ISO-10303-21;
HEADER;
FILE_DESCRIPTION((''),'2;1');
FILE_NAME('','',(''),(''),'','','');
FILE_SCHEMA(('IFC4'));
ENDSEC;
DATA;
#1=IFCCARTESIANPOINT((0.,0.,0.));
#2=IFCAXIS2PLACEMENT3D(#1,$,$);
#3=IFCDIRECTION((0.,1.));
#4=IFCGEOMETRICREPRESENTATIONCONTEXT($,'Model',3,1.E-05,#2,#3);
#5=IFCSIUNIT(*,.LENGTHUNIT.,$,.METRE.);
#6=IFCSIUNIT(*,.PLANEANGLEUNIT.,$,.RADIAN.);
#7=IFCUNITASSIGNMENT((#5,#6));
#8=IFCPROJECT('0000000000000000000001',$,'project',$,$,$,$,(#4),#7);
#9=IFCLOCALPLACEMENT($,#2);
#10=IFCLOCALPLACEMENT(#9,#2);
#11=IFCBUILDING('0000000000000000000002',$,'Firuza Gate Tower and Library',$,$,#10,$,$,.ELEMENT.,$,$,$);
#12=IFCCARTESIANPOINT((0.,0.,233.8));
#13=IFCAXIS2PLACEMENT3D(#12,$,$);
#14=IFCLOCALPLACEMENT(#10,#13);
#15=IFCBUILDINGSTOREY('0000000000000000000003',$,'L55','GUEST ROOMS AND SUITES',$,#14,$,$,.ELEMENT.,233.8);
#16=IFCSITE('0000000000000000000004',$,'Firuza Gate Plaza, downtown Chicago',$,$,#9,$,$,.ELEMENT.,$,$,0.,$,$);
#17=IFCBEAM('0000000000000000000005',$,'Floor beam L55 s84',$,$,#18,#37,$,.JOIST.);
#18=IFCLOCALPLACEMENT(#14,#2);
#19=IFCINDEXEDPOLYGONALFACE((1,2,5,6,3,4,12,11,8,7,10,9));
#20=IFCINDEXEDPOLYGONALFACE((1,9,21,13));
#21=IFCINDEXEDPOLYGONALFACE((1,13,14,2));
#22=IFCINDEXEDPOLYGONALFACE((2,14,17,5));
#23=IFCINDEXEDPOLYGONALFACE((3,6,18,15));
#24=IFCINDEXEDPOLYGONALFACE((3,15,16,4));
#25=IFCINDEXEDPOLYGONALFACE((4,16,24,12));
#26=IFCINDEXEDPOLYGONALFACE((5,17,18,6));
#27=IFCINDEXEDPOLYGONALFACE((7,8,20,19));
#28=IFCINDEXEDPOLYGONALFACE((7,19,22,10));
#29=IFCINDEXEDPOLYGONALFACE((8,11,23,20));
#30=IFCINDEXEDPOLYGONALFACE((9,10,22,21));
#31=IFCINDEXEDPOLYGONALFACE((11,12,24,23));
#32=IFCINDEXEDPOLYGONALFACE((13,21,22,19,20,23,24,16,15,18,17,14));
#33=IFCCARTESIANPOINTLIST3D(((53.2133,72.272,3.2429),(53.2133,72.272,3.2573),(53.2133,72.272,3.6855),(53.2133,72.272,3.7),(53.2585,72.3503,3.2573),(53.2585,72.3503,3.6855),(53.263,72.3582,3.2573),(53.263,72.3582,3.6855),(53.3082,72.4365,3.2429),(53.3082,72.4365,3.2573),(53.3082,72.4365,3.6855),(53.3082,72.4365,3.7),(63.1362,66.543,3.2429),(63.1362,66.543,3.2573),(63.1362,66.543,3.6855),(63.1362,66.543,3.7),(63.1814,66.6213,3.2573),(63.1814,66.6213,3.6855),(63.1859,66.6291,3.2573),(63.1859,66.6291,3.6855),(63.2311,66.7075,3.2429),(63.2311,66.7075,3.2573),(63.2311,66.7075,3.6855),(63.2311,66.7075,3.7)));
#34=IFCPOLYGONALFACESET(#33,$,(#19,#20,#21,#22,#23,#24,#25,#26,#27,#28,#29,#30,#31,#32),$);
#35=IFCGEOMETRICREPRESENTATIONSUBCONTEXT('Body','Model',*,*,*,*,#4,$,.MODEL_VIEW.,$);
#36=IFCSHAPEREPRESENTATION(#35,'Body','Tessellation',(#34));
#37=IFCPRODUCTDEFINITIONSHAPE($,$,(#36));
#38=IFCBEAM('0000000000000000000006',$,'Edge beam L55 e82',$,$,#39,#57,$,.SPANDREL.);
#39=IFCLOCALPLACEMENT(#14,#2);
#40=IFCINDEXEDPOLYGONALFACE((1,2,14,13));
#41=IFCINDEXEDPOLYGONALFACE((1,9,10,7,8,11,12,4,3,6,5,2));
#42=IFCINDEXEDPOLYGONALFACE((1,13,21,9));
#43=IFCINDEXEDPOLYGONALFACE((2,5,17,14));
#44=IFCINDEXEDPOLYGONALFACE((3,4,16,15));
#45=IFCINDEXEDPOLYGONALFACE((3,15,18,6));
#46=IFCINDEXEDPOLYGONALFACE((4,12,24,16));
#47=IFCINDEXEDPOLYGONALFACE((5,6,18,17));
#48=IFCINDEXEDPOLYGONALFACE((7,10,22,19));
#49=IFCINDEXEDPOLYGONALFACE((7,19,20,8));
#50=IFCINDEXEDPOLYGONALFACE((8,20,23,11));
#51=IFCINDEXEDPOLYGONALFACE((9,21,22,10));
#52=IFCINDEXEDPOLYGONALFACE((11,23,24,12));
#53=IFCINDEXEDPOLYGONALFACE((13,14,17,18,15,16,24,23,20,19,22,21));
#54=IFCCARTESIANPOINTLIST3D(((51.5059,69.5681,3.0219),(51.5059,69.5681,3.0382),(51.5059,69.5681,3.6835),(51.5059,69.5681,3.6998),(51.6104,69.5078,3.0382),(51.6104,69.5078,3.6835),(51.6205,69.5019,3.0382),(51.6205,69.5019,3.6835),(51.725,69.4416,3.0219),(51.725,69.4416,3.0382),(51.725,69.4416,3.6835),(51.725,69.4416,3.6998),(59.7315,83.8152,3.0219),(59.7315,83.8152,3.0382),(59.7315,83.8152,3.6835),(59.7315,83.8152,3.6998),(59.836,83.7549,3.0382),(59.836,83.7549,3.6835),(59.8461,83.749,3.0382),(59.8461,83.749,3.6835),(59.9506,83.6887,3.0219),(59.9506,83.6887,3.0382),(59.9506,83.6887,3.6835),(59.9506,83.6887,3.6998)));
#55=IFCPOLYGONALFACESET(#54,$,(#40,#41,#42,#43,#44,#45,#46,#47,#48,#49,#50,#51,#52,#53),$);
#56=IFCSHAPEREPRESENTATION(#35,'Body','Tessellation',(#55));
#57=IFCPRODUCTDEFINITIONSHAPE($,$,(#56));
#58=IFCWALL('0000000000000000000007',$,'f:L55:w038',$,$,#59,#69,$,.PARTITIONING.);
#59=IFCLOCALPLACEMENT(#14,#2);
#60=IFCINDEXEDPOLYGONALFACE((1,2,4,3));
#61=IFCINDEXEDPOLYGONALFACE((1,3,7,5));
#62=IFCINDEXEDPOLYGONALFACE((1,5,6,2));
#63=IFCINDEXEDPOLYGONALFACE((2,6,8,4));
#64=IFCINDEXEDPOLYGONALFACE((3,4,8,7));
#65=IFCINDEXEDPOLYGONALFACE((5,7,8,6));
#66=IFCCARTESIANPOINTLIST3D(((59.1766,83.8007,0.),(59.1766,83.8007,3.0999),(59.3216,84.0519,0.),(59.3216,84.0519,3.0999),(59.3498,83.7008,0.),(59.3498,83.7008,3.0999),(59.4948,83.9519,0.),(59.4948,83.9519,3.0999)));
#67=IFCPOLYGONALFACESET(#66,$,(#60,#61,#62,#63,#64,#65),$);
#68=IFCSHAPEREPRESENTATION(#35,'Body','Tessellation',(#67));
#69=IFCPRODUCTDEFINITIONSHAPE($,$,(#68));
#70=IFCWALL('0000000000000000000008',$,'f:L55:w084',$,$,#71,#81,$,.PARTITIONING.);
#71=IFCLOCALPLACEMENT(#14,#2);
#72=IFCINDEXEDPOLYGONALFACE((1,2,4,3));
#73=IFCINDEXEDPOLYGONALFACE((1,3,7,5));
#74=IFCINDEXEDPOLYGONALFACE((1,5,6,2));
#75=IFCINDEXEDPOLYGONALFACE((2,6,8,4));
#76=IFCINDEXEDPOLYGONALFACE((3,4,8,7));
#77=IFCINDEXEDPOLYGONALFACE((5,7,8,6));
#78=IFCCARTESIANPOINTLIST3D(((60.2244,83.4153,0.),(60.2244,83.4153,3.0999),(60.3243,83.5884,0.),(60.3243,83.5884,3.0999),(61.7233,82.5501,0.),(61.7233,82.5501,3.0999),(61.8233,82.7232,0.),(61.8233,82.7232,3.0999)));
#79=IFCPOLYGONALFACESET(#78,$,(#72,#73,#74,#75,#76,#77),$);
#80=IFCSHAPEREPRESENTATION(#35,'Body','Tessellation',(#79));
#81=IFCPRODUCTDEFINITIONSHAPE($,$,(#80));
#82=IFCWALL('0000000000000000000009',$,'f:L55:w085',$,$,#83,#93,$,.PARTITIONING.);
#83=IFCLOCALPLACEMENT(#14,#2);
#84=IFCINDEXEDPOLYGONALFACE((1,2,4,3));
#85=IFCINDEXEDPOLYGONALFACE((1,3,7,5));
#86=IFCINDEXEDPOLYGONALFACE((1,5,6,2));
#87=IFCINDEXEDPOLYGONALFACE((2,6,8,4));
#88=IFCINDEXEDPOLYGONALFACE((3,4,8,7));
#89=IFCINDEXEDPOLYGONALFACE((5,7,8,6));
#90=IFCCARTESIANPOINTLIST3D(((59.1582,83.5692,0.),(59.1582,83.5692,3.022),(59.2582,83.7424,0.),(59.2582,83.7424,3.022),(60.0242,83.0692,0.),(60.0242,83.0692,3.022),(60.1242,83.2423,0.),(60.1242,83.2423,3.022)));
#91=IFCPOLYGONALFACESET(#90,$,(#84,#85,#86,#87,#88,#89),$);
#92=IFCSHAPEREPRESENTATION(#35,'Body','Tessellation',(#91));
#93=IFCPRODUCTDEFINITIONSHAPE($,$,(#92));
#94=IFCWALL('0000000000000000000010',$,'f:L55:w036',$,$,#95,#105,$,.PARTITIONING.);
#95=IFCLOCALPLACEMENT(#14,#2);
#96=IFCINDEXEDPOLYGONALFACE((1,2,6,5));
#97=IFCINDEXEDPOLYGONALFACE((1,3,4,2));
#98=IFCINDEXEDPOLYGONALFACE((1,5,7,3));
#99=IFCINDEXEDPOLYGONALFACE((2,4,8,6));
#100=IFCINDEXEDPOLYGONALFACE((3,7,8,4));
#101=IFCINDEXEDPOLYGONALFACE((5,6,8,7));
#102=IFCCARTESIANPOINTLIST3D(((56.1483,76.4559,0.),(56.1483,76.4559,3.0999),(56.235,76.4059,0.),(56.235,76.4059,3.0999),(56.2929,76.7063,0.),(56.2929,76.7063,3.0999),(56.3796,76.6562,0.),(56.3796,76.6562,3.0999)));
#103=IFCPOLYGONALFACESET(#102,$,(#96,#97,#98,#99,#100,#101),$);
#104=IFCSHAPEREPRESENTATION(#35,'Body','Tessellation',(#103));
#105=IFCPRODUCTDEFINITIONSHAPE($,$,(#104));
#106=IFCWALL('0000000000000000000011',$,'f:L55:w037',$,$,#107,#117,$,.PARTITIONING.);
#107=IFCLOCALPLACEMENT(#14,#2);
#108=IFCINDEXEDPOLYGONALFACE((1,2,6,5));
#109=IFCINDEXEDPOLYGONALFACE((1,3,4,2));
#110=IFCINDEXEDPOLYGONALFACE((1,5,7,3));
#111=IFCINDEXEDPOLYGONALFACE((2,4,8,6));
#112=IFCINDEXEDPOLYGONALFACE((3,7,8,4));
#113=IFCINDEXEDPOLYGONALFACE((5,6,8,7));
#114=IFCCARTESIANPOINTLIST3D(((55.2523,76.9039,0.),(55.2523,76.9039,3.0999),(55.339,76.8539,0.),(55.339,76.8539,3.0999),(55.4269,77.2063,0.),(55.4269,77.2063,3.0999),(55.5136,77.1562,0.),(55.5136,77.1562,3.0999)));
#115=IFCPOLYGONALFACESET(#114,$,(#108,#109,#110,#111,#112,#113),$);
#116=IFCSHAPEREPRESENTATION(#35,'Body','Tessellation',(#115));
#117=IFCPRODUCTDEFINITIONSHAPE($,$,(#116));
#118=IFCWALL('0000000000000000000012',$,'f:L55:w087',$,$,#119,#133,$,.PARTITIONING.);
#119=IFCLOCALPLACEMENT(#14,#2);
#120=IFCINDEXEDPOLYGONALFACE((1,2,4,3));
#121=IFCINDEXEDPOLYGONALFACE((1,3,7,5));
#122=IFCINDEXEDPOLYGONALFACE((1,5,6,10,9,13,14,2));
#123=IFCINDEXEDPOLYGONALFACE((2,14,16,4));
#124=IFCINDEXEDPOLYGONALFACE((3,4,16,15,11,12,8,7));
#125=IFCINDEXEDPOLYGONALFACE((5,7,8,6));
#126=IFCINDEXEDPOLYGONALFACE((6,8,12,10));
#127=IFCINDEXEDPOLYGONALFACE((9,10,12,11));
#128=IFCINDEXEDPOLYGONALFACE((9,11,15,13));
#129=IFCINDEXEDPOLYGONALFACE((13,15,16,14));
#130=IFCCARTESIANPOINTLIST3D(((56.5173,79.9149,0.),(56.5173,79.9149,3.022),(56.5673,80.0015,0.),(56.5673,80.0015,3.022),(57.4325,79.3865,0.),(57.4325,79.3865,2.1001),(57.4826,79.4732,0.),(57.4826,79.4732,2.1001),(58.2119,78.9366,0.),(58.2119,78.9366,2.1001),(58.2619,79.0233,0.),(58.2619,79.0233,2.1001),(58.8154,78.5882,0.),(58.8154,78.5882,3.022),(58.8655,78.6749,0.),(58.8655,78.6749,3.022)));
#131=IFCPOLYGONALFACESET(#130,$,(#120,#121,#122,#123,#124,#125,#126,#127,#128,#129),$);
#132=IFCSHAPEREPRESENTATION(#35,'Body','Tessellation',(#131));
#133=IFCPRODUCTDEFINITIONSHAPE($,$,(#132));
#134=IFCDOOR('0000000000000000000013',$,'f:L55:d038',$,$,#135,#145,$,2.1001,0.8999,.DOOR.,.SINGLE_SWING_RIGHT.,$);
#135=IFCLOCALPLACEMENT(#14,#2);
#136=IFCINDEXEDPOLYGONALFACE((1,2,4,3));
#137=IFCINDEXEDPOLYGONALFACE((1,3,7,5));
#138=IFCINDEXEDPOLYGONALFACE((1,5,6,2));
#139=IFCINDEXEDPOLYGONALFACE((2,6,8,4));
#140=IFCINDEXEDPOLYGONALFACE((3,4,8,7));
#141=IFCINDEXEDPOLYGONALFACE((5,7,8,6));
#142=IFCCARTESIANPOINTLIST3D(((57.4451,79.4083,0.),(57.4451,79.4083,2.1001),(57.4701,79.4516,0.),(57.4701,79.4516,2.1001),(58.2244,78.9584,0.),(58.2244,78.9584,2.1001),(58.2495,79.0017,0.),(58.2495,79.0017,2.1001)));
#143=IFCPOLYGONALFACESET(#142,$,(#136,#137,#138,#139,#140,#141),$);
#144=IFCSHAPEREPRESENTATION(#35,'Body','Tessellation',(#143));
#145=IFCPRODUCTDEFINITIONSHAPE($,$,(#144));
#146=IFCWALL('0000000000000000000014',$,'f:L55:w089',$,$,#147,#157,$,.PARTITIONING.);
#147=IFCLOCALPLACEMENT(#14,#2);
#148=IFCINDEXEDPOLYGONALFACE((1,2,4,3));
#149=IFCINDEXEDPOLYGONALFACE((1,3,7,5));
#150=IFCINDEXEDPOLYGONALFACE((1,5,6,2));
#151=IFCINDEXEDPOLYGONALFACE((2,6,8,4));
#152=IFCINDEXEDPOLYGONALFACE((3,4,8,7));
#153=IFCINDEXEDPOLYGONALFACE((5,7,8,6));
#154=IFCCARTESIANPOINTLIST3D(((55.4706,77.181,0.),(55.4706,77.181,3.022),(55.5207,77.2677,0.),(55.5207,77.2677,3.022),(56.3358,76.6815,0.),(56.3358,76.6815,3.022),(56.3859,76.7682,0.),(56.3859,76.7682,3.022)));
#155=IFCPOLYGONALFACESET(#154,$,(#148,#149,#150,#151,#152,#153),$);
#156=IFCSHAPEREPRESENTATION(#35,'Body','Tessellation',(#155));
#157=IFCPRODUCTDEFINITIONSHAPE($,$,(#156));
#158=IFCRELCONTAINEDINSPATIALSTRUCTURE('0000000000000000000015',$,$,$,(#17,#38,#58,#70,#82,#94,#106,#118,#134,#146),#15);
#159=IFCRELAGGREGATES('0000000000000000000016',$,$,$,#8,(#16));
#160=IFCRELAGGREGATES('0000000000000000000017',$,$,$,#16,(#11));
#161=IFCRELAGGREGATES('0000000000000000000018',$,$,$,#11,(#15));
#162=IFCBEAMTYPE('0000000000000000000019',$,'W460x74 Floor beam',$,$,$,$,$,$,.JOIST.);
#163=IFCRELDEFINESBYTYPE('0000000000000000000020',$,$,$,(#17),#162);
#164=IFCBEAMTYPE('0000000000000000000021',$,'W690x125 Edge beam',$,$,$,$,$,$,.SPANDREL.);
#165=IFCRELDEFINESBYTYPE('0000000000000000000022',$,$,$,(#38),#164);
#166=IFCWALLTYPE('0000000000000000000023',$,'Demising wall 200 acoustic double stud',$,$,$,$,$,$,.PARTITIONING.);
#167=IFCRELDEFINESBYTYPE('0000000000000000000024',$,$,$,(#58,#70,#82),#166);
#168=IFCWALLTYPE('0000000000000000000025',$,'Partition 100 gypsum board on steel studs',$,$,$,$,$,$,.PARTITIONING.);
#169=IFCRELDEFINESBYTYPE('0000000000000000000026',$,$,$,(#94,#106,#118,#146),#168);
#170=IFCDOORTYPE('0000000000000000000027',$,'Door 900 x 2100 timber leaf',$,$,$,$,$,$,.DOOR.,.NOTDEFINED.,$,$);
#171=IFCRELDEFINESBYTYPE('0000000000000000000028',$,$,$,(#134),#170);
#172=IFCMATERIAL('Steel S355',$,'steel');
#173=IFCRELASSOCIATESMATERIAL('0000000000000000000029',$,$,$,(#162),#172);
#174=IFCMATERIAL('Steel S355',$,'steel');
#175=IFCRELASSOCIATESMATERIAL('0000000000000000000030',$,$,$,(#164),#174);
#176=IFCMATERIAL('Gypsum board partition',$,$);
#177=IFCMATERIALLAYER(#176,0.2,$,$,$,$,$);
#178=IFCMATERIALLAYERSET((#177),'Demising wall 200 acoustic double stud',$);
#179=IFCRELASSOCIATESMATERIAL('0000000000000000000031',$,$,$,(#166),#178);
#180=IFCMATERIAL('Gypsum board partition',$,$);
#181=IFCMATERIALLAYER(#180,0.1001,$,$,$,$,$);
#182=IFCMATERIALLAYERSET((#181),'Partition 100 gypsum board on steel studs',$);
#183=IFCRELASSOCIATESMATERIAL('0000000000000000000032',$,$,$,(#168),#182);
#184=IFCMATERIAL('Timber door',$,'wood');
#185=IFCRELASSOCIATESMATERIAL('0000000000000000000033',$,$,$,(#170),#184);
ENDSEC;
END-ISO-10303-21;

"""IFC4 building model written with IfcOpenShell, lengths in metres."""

from ifc_helpers import new_model, si_unit, direction, frame, frame_2d, origin, origin_2d, place, context, subcontext, project, spatial, rectangle, i_section, extrude, material, layer, layer_set, material_profile, profile_set, type_object, element, fill, save


model = new_model("IFC4")

# Units and contexts
model_context = context("Model", 3, precision=1e-05, world=origin(), true_north=direction((0.0, 1.0)))
body_context = subcontext(model_context, "Body", "Model", "MODEL_VIEW")
ifc_project = project(units=[si_unit("LENGTHUNIT", "METRE"), si_unit("PLANEANGLEUNIT", "RADIAN")], contexts=[model_context])

# Site, building, storey
site_placement = place(None, origin())
site = spatial("IfcSite", under=ifc_project, at=site_placement, Name="Firuza Gate Plaza, downtown Chicago", CompositionType="ELEMENT", RefElevation=0.0)
building_placement = place(site_placement, origin())
building = spatial("IfcBuilding", under=site, at=building_placement, Name="Firuza Gate Tower and Library", CompositionType="ELEMENT")
storey_placement = place(building_placement, frame((0.0, 0.0, 233.8)))
storey = spatial("IfcBuildingStorey", under=building, at=storey_placement, Name="L55", Description="GUEST ROOMS AND SUITES", CompositionType="ELEMENT", Elevation=233.8)

# Beams
ifc_material_1 = material(Name="Steel S355", Category="steel")
ifc_material_profile_1 = material_profile(ifc_material_1, i_section(OverallWidth=0.1899, OverallDepth=0.457, WebThickness=0.009, FlangeThickness=0.0144, at=origin_2d()))
ifc_profile_set_1 = profile_set([ifc_material_profile_1], Name="Steel S355")
beam_type_1 = type_object("IfcBeamType", Name="W460x74 Floor beam", PredefinedType="JOIST", material=ifc_profile_set_1)
beam_1_placement = place(storey_placement, frame((53.2607, 72.3542, 3.4714), z_axis=(0.866024, -0.500003, 0.0), x_axis=(0.500003, 0.866024, 0.0)))
element("IfcBeam", 1, at=beam_1_placement, inside=storey, type_object=beam_type_1, Name="Floor beam L55 s84", PredefinedType="JOIST", context=body_context, shape_type="SweptSolid", body=[
    extrude(i_section(OverallWidth=0.1899, OverallDepth=0.457, WebThickness=0.009, FlangeThickness=0.0144, at=origin_2d()), origin(), (0.0, 0.0, 1.0), 11.458),
])
ifc_material_2 = material(Name="Steel S355", Category="steel")
ifc_material_profile_2 = material_profile(ifc_material_2, i_section(OverallWidth=0.2529, OverallDepth=0.678, WebThickness=0.0117, FlangeThickness=0.0164, at=origin_2d()))
ifc_profile_set_2 = profile_set([ifc_material_profile_2], Name="Steel S355")
beam_type_2 = type_object("IfcBeamType", Name="W690x125 Edge beam", PredefinedType="SPANDREL", material=ifc_profile_set_2)
beam_2_placement = place(storey_placement, frame((59.8411, 83.752, 3.3608), z_axis=(-0.500002, -0.866024, 0.0), x_axis=(0.866024, -0.500002, 0.0)))
element("IfcBeam", 2, at=beam_2_placement, inside=storey, type_object=beam_type_2, Name="Edge beam L55 e82", PredefinedType="SPANDREL", context=body_context, shape_type="SweptSolid", body=[
    extrude(i_section(OverallWidth=0.2529, OverallDepth=0.678, WebThickness=0.0117, FlangeThickness=0.0164, at=origin_2d()), origin(), (0.0, 0.0, 1.0), 16.4512),
])

# Walls
ifc_material_3 = material(Name="Gypsum board partition")
ifc_layer_1 = layer(ifc_material_3, 0.2)
ifc_layer_set_1 = layer_set([ifc_layer_1], Name="Demising wall 200 acoustic double stud")
wall_type_1 = type_object("IfcWallType", Name="Demising wall 200 acoustic double stud", PredefinedType="PARTITIONING", material=ifc_layer_set_1)
wall_1_placement = place(storey_placement, frame((59.2632, 83.7507, 0.0), z_axis=(0.0, 0.0, 1.0), x_axis=(0.499941, 0.866059, 0.0)))
element("IfcWall", 3, at=wall_1_placement, inside=storey, type_object=wall_type_1, Name="f:L55:w038", PredefinedType="PARTITIONING", context=body_context, shape_type="SweptSolid", body=[
    extrude(rectangle(XDim=0.29, YDim=0.2, at=frame_2d((0.145, 0.0))), origin(), (0.0, 0.0, 1.0), 3.0999),
])
wall_2_placement = place(storey_placement, frame((61.7732, 82.6367, 0.0), z_axis=(0.0, 0.0, 1.0), x_axis=(-0.866082, 0.499902, 0.0)))
element("IfcWall", 4, at=wall_2_placement, inside=storey, type_object=wall_type_1, Name="f:L55:w084", PredefinedType="PARTITIONING", context=body_context, shape_type="SweptSolid", body=[
    extrude(rectangle(XDim=1.7307, YDim=0.2, at=frame_2d((0.8652, 0.0))), origin(), (0.0, 0.0, 1.0), 3.0999),
])
wall_3_placement = place(storey_placement, frame((60.0742, 83.1558, 0.0), z_axis=(0.0, 0.0, 1.0), x_axis=(-0.866011, 0.500025, 0.0)))
element("IfcWall", 5, at=wall_3_placement, inside=storey, type_object=wall_type_1, Name="f:L55:w085", PredefinedType="PARTITIONING", context=body_context, shape_type="SweptSolid", body=[
    extrude(rectangle(XDim=1.0, YDim=0.2, at=frame_2d((0.5, 0.0))), origin(), (0.0, 0.0, 1.0), 3.022),
])
ifc_material_4 = material(Name="Gypsum board partition")
ifc_layer_2 = layer(ifc_material_4, 0.1001)
ifc_layer_set_2 = layer_set([ifc_layer_2], Name="Partition 100 gypsum board on steel studs")
wall_type_2 = type_object("IfcWallType", Name="Partition 100 gypsum board on steel studs", PredefinedType="PARTITIONING", material=ifc_layer_set_2)
wall_4_placement = place(storey_placement, frame((56.1917, 76.4309, 0.0), z_axis=(0.0, 0.0, 1.0), x_axis=(0.500137, 0.865946, 0.0)))
element("IfcWall", 6, at=wall_4_placement, inside=storey, type_object=wall_type_2, Name="f:L55:w036", PredefinedType="PARTITIONING", context=body_context, shape_type="SweptSolid", body=[
    extrude(rectangle(XDim=0.2891, YDim=0.1001, at=frame_2d((0.1445, 0.0))), origin(), (0.0, 0.0, 1.0), 3.0999),
])
wall_5_placement = place(storey_placement, frame((55.2957, 76.8789, 0.0), z_axis=(0.0, 0.0, 1.0), x_axis=(0.500126, 0.865953, 0.0)))
element("IfcWall", 7, at=wall_5_placement, inside=storey, type_object=wall_type_2, Name="f:L55:w037", PredefinedType="PARTITIONING", context=body_context, shape_type="SweptSolid", body=[
    extrude(rectangle(XDim=0.3491, YDim=0.1001, at=frame_2d((0.1746, 0.0))), origin(), (0.0, 0.0, 1.0), 3.0999),
])

# Wall, opening, door
wall_6_placement = place(storey_placement, frame((58.8403, 78.6316, 0.0), z_axis=(0.0, 0.0, 1.0), x_axis=(-0.866049, 0.499959, 0.0)))
wall_6 = element("IfcWall", 8, at=wall_6_placement, inside=storey, type_object=wall_type_2, Name="f:L55:w087", PredefinedType="PARTITIONING", context=body_context, shape_type="SweptSolid", body=[
    extrude(rectangle(XDim=2.6536, YDim=0.1001, at=frame_2d((1.3267, 0.0))), origin(), (0.0, 0.0, 1.0), 3.022),
])
opening_1_placement = place(wall_6_placement, frame((0.6968, 0.0, 0.0)))
opening_1 = element("IfcOpeningElement", 9, at=opening_1_placement, cuts=wall_6, PredefinedType="OPENING", context=body_context, shape_type="SweptSolid", body=[
    extrude(rectangle(XDim=0.8999, YDim=2.1001, at=frame_2d((0.45, 1.05))), frame((0.0, 0.0601, 0.0), z_axis=(0.0, -1.0, 0.0), x_axis=(1.0, 0.0, 0.0)), (0.0, 0.0, 1.0), 0.1201),
])
ifc_material_5 = material(Name="Timber door", Category="wood")
door_type_1 = type_object("IfcDoorType", Name="Door 900 x 2100 timber leaf", OperationType="NOTDEFINED", PredefinedType="DOOR", material=ifc_material_5)
door_1_placement = place(opening_1_placement, origin())
door_1 = element("IfcDoor", 10, at=door_1_placement, inside=storey, type_object=door_type_1, Name="f:L55:d038", OperationType="SINGLE_SWING_RIGHT", OverallHeight=2.1001, OverallWidth=0.8999, PredefinedType="DOOR", context=body_context, shape_type="SweptSolid", body=[
    extrude(rectangle(XDim=0.8999, YDim=2.1001, at=frame_2d((0.45, 1.05))), frame((0.0, 0.0249, 0.0), z_axis=(0.0, -1.0, 0.0), x_axis=(1.0, 0.0, 0.0)), (0.0, 0.0, 1.0), 0.05),
])
fill(opening_1, door_1)

# Wall
wall_7_placement = place(storey_placement, frame((56.3608, 76.7249, 0.0), z_axis=(0.0, 0.0, 1.0), x_axis=(-0.866039, 0.499976, 0.0)))
element("IfcWall", 11, at=wall_7_placement, inside=storey, type_object=wall_type_2, Name="f:L55:w089", PredefinedType="PARTITIONING", context=body_context, shape_type="SweptSolid", body=[
    extrude(rectangle(XDim=0.999, YDim=0.1001, at=frame_2d((0.4995, 0.0))), origin(), (0.0, 0.0, 1.0), 3.022),
])

save(model, "model.ifc")
